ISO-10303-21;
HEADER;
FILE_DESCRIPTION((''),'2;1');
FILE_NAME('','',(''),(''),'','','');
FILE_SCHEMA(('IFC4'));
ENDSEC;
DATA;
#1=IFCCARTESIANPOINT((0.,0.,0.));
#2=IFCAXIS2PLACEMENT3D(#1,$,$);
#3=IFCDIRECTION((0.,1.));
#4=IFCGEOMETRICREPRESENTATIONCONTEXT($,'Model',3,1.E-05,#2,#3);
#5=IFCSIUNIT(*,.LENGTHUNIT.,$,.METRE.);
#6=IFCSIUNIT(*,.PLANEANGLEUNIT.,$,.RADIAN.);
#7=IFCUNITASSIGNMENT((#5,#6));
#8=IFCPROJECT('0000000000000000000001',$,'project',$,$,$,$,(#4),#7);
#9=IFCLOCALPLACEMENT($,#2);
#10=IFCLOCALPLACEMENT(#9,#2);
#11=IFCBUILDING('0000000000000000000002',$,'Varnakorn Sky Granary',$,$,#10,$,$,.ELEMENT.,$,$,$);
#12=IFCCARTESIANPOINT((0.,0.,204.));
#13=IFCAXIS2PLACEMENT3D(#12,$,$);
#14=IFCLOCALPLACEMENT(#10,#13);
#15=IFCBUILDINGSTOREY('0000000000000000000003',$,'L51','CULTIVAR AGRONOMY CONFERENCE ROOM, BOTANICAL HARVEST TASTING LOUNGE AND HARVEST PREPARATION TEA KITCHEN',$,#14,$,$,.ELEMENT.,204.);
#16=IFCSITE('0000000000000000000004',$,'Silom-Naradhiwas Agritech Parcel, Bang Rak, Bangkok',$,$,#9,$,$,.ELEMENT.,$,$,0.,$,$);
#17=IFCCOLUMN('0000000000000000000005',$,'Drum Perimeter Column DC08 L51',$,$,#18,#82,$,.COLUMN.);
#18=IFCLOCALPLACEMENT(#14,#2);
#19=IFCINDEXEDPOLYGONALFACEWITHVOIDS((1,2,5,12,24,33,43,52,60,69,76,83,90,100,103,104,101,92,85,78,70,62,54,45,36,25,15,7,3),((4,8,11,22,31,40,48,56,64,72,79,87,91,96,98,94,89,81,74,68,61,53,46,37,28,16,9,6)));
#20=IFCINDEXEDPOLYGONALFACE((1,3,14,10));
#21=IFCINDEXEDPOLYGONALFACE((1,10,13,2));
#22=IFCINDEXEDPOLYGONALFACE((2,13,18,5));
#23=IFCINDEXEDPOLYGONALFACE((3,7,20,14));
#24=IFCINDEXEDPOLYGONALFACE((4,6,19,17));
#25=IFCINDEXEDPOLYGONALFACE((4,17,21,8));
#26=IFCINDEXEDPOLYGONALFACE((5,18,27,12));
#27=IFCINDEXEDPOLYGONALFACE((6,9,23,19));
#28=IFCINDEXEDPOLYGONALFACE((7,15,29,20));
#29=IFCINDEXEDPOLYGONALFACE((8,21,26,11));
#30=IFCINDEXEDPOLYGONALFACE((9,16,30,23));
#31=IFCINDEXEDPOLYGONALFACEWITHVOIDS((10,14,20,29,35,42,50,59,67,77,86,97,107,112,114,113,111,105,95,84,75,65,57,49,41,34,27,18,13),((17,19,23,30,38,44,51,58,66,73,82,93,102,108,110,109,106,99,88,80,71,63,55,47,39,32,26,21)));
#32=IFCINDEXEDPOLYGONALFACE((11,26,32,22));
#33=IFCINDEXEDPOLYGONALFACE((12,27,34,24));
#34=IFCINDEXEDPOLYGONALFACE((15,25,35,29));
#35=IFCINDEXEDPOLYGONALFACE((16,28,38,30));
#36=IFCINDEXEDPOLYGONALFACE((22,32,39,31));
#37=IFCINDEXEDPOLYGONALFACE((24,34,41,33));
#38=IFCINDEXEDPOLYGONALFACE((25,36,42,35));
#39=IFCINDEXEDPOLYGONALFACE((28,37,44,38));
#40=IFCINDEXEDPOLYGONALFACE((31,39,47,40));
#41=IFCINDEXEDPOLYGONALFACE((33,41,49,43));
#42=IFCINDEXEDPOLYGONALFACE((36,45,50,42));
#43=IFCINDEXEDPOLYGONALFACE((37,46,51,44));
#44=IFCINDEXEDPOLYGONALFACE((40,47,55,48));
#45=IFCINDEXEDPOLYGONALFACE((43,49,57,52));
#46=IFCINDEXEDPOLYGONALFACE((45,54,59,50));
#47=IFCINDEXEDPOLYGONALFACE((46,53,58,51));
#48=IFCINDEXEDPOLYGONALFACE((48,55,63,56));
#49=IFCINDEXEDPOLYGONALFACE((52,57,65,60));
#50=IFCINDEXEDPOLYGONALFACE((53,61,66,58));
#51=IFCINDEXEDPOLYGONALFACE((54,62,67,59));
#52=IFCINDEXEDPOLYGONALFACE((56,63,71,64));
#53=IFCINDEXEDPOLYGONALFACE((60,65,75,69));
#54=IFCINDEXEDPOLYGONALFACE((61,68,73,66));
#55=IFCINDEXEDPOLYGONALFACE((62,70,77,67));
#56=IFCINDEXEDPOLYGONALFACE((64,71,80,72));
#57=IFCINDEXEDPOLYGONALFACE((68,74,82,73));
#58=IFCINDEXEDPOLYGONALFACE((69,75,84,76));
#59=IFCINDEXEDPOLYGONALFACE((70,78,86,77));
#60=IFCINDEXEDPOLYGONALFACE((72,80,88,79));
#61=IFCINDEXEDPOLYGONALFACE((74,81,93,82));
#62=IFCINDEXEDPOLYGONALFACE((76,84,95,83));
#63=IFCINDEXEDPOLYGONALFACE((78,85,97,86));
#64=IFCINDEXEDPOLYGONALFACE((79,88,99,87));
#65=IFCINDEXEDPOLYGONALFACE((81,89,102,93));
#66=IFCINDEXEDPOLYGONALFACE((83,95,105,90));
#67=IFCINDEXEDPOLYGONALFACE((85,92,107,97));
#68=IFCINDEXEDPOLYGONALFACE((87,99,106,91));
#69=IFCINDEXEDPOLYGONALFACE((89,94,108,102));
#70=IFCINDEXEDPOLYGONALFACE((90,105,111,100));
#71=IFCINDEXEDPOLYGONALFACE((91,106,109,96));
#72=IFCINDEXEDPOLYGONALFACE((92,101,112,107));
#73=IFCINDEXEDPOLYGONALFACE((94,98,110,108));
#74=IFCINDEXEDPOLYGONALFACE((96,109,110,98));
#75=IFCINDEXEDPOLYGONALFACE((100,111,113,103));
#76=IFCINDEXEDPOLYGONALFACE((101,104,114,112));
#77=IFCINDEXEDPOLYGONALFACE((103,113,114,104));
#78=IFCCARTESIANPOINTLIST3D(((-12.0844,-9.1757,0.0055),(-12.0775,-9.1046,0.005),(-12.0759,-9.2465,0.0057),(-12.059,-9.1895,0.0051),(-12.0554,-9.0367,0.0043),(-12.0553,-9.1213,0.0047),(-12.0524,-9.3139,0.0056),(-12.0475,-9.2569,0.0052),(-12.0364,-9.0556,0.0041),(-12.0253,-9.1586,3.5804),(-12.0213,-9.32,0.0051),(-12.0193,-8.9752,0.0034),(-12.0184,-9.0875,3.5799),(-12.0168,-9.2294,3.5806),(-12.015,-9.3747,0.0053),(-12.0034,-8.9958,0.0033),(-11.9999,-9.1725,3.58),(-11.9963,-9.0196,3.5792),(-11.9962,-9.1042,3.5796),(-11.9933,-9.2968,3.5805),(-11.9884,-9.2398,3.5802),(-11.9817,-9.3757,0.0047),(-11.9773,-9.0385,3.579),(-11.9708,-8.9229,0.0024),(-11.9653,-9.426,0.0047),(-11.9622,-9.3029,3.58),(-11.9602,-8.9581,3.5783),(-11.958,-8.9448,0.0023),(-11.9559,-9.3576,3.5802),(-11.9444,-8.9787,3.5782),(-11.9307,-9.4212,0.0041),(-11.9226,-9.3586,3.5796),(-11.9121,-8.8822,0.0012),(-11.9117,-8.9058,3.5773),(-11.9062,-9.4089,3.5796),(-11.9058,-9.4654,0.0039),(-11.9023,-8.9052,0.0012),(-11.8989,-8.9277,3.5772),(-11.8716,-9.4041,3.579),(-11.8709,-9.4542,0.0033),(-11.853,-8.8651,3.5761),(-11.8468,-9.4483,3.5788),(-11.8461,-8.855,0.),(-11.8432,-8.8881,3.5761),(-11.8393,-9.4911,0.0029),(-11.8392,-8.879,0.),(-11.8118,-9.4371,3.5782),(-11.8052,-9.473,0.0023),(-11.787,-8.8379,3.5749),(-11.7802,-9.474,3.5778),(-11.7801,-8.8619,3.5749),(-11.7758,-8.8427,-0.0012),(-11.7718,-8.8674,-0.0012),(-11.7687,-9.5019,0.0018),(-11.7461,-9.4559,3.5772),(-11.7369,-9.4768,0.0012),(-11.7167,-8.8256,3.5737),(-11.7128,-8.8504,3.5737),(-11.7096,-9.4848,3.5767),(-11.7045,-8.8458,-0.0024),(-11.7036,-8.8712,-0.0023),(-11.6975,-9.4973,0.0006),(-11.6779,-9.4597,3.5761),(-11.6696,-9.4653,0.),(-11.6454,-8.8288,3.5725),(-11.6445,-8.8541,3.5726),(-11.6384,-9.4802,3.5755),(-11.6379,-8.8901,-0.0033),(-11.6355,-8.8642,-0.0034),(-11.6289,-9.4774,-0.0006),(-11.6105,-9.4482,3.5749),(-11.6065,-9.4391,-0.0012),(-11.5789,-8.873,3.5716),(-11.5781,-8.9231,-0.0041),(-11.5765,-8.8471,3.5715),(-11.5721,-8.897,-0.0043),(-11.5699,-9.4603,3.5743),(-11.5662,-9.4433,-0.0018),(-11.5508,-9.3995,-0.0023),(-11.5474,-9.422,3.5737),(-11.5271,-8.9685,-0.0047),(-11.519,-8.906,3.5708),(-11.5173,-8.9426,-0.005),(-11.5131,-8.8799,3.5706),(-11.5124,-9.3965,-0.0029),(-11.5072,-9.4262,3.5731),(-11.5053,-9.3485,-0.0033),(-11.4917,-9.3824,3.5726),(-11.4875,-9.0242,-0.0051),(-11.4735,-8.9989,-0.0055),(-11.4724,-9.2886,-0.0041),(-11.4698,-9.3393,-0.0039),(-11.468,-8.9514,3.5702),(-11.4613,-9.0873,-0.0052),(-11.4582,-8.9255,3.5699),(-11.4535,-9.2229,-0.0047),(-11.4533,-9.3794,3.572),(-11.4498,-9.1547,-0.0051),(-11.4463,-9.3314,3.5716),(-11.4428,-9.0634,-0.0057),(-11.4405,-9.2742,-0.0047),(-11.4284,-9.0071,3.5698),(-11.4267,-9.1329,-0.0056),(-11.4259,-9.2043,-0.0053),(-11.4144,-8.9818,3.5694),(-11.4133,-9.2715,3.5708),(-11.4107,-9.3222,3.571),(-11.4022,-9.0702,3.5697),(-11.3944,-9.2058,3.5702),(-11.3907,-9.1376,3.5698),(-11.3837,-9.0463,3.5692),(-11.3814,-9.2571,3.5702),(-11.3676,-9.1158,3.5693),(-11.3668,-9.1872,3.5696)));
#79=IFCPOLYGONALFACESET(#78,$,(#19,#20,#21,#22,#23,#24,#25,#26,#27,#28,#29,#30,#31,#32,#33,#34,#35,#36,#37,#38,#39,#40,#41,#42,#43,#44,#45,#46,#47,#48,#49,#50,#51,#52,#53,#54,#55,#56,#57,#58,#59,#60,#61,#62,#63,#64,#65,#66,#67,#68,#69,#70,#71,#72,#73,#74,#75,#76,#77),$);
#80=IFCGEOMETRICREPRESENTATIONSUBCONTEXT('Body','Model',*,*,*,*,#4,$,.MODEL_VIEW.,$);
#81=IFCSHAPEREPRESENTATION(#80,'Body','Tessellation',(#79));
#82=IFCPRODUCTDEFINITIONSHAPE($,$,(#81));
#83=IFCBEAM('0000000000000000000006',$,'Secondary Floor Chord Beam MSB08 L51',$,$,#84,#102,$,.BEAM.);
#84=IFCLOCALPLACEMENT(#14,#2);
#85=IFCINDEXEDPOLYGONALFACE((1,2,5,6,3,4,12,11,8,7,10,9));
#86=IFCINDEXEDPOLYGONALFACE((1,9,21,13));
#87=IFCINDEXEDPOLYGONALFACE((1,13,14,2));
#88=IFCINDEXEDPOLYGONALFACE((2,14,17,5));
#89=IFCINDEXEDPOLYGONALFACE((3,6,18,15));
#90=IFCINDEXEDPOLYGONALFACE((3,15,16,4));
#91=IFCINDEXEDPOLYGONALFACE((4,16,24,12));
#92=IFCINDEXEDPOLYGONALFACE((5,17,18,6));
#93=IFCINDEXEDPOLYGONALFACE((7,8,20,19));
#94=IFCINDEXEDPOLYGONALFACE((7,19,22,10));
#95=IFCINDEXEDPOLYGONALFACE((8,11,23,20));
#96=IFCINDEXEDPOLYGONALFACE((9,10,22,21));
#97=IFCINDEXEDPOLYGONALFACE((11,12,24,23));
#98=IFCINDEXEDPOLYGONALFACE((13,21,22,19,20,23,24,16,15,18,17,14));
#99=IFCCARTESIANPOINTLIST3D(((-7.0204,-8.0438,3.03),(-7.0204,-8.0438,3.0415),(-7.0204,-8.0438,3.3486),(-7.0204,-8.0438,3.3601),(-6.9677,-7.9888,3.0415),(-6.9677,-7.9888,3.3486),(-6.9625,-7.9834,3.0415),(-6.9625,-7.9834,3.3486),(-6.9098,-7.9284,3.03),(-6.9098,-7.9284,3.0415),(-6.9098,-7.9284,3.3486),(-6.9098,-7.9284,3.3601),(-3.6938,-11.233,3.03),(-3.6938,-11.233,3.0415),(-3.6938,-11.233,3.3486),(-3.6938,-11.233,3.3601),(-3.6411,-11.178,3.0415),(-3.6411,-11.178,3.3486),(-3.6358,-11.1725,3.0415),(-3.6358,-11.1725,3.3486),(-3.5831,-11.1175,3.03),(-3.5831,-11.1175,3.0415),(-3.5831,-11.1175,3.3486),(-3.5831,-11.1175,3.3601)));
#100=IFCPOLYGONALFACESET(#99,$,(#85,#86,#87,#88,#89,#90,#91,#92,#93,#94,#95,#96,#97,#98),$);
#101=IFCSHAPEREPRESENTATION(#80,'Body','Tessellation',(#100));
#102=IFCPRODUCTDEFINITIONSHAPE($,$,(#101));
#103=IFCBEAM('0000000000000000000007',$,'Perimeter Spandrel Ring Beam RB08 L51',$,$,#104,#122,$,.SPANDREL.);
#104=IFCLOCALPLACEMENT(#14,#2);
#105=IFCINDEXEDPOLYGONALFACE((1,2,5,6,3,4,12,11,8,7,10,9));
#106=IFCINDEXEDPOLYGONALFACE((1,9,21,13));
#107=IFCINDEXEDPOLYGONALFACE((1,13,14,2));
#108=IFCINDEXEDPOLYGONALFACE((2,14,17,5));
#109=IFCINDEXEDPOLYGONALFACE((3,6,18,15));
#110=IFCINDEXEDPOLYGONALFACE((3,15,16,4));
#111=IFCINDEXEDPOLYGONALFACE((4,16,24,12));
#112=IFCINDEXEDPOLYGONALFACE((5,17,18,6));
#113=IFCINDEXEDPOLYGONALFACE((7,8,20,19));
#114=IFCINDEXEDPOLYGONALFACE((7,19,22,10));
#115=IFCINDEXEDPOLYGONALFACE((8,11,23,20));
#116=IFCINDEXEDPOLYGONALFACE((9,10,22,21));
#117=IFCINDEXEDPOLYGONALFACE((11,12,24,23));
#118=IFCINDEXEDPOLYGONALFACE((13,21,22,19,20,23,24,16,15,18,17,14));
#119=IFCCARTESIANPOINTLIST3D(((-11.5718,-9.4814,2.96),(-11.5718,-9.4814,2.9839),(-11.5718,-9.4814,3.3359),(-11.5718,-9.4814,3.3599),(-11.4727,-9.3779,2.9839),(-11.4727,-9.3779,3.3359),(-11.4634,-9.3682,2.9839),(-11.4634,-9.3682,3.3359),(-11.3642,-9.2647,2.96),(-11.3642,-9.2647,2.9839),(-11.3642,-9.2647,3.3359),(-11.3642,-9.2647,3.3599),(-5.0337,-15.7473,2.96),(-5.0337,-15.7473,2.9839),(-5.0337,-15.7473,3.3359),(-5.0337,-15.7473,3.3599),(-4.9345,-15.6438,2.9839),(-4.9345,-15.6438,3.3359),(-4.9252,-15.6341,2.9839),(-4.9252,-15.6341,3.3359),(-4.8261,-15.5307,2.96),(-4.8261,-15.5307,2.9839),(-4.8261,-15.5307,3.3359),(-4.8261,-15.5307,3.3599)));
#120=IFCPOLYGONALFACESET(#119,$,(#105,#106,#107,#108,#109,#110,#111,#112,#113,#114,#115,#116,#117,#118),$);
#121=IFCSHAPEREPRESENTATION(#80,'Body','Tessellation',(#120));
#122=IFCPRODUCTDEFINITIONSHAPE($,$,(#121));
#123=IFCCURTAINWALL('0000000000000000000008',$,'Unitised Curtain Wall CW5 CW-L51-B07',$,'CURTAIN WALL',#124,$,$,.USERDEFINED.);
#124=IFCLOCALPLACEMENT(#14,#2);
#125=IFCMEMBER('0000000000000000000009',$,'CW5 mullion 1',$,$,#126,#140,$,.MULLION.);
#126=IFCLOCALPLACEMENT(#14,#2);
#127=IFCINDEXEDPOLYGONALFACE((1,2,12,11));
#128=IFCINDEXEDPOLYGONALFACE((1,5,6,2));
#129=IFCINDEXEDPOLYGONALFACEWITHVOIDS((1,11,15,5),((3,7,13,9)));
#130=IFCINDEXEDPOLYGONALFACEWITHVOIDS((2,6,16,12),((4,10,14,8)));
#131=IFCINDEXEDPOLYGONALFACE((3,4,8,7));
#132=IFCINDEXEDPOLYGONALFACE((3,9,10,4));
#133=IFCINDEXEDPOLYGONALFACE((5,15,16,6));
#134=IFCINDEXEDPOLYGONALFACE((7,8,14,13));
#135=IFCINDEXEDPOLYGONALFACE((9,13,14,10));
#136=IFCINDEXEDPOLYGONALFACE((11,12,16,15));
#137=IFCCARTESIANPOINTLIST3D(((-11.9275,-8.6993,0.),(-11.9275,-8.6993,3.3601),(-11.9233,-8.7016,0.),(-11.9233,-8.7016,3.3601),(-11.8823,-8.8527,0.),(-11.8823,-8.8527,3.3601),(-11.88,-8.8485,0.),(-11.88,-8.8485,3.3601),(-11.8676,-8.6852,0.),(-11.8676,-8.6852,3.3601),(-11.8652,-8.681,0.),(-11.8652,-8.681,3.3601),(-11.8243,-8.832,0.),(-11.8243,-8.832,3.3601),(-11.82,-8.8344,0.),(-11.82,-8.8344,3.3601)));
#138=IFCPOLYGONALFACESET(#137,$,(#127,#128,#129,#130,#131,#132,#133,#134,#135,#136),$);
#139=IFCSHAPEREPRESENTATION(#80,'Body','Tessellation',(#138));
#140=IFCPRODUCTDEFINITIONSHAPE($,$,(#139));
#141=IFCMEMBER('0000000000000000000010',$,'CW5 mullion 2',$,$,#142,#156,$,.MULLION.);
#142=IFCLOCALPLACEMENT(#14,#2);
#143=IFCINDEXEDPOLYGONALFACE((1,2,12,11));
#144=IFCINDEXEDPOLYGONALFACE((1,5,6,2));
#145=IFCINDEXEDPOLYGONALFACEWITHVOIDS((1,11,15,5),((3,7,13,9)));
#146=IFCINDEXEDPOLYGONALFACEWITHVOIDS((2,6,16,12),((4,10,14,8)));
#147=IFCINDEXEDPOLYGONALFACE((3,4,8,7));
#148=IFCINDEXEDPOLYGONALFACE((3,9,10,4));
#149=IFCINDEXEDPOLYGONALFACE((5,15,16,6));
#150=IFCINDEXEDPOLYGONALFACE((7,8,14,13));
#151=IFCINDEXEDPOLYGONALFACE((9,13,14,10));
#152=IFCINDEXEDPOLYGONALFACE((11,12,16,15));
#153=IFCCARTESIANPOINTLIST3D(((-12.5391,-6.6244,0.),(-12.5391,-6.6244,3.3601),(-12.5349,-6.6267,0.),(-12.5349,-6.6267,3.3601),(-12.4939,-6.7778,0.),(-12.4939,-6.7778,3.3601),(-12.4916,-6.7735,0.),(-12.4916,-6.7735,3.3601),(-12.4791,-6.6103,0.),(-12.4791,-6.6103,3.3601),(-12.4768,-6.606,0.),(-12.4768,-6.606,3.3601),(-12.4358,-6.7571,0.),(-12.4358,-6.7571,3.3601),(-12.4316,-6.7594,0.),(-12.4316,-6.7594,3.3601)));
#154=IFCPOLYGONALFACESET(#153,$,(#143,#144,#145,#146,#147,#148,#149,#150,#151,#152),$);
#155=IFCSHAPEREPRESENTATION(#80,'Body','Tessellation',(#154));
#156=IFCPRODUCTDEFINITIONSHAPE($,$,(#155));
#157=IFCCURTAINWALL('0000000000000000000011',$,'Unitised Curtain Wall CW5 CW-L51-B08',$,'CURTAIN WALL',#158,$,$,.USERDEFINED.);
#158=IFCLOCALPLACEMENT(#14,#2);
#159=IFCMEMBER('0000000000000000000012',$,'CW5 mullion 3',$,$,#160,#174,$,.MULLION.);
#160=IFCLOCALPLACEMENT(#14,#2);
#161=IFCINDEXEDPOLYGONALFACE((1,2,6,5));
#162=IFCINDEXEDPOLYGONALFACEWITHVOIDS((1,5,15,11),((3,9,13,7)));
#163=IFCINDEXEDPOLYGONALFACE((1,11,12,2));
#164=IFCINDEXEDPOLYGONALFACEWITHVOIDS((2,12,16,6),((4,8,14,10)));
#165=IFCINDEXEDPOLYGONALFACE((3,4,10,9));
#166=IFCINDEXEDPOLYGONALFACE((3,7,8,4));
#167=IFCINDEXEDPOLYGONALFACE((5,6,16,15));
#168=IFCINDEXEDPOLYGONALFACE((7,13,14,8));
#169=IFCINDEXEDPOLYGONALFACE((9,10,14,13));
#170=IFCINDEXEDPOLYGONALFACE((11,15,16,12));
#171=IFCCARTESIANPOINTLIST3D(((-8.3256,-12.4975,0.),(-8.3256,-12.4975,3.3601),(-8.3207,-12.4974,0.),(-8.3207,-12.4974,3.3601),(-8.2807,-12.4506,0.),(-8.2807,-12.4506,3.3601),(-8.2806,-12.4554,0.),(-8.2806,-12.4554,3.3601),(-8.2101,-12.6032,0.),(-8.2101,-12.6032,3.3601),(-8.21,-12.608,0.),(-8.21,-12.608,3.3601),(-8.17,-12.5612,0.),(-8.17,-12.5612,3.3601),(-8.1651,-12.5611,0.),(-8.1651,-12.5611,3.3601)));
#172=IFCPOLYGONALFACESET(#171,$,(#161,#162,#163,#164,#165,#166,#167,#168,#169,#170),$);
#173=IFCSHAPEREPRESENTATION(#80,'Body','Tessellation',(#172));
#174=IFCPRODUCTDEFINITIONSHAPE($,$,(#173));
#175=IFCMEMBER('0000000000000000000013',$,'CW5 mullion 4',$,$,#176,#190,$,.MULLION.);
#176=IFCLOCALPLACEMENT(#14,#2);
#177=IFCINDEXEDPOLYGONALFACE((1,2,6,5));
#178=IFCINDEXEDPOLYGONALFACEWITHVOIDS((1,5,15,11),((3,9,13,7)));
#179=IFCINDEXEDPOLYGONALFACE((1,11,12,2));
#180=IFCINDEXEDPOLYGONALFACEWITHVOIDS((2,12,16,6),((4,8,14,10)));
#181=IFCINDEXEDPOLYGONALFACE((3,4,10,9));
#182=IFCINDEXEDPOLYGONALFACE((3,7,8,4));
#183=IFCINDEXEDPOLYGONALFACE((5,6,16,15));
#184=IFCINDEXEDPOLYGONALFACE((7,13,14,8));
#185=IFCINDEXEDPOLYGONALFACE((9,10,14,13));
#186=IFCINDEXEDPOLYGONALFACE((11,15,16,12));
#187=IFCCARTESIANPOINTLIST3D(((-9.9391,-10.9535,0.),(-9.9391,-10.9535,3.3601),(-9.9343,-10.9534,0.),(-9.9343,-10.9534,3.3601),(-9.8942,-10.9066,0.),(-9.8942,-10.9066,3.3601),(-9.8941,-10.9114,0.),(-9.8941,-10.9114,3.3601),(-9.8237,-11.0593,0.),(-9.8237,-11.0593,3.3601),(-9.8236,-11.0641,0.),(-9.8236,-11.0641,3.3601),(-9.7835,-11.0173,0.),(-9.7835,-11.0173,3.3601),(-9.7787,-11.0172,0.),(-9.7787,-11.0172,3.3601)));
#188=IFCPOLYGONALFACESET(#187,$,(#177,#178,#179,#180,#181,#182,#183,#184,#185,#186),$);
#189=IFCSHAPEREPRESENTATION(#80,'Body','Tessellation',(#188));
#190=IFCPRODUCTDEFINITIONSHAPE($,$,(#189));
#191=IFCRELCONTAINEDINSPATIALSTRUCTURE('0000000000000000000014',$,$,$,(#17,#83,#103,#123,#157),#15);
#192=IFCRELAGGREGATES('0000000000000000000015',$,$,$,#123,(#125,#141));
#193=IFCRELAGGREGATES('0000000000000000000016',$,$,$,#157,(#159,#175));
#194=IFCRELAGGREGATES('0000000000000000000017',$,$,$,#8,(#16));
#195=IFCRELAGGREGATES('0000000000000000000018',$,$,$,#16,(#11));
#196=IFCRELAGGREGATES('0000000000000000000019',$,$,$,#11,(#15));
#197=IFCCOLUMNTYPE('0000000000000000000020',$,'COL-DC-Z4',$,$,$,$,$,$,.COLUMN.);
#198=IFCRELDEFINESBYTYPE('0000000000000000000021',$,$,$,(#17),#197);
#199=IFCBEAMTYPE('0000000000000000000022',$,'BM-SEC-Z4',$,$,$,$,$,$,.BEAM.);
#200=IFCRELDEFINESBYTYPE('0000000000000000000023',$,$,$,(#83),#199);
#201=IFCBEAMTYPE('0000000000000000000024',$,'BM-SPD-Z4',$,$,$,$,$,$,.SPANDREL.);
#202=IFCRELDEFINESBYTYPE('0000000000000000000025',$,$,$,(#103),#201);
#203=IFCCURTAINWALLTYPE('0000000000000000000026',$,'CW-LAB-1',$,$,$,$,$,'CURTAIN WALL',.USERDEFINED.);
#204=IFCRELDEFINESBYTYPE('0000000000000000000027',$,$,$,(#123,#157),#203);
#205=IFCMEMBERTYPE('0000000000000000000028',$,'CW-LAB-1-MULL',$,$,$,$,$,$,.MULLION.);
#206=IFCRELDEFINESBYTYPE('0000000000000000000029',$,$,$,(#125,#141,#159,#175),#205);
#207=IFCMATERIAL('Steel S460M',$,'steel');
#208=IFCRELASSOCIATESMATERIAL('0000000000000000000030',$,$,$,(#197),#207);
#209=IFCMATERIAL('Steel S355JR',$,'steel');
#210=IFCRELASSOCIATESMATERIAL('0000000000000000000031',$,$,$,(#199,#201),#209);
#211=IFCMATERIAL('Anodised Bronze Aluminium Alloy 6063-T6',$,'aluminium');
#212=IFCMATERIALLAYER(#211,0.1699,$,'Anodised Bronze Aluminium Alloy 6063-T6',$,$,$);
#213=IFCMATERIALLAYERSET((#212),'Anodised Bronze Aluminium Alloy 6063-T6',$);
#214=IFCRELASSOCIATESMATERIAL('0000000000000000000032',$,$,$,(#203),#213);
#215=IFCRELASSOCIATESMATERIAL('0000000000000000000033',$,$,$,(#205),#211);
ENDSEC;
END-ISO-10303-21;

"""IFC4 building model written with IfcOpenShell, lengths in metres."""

from ifc_helpers import new_model, si_unit, direction, frame, origin, origin_2d, place, context, subcontext, project, spatial, hollow_rectangle, hollow_circle, i_section, extrude, material, layer, layer_set, material_profile, profile_set, type_object, element, aggregate, save


model = new_model("IFC4")

# Units and contexts
model_context = context("Model", 3, precision=1e-05, world=origin(), true_north=direction((0.0, 1.0)))
body_context = subcontext(model_context, "Body", "Model", "MODEL_VIEW")
ifc_project = project(units=[si_unit("LENGTHUNIT", "METRE"), si_unit("PLANEANGLEUNIT", "RADIAN")], contexts=[model_context])

# Site, building, storey
site_placement = place(None, origin())
site = spatial("IfcSite", under=ifc_project, at=site_placement, Name="Silom-Naradhiwas Agritech Parcel, Bang Rak, Bangkok", CompositionType="ELEMENT", RefElevation=0.0)
building_placement = place(site_placement, origin())
building = spatial("IfcBuilding", under=site, at=building_placement, Name="Varnakorn Sky Granary", CompositionType="ELEMENT")
storey_placement = place(building_placement, frame((0.0, 0.0, 204.0)))
storey = spatial("IfcBuildingStorey", under=building, at=storey_placement, Name="L51", Description="CULTIVAR AGRONOMY CONFERENCE ROOM, BOTANICAL HARVEST TASTING LOUNGE AND HARVEST PREPARATION TEA KITCHEN", CompositionType="ELEMENT", Elevation=204.0)

# Column
ifc_material_1 = material(Name="Steel S460M", Category="steel")
ifc_material_profile_1 = material_profile(ifc_material_1, hollow_circle(Radius=0.3301, WallThickness=0.0249, at=origin_2d()), Name="CHS 660x25")
ifc_profile_set_1 = profile_set([ifc_material_profile_1], Name="Steel S460M")
column_type = type_object("IfcColumnType", Name="COL-DC-Z4", PredefinedType="COLUMN", material=ifc_profile_set_1)
column_placement = place(storey_placement, frame((-11.7544, -9.1721, 0.0), z_axis=(0.016524, 0.00478, 0.999852), x_axis=(-0.277865, 0.96062, 0.0)))
element("IfcColumn", 1, at=column_placement, inside=storey, type_object=column_type, Name="Drum Perimeter Column DC08 L51", PredefinedType="COLUMN", context=body_context, shape_type="SweptSolid", body=[
    extrude(hollow_circle(Radius=0.3301, WallThickness=0.0249, at=origin_2d()), origin(), (0.0, 0.0, 1.0), 3.5754),
])

# Beams
ifc_material_2 = material(Name="Steel S355JR", Category="steel")
ifc_material_profile_2 = material_profile(ifc_material_2, i_section(OverallWidth=0.1599, OverallDepth=0.3301, WebThickness=0.0076, FlangeThickness=0.0115, at=origin_2d()), Name="IPE 330")
ifc_profile_set_2 = profile_set([ifc_material_profile_2], Name="Steel S355JR")
beam_type_1 = type_object("IfcBeamType", Name="BM-SEC-Z4", PredefinedType="BEAM", material=ifc_profile_set_2)
beam_1_placement = place(storey_placement, frame((-6.9651, -7.9861, 3.1951), z_axis=(0.721862, -0.692037, 0.0), x_axis=(0.692037, 0.721862, 0.0)))
element("IfcBeam", 2, at=beam_1_placement, inside=storey, type_object=beam_type_1, Name="Secondary Floor Chord Beam MSB08 L51", PredefinedType="BEAM", context=body_context, shape_type="SweptSolid", body=[
    extrude(i_section(OverallWidth=0.1599, OverallDepth=0.3301, WebThickness=0.0076, FlangeThickness=0.0115, at=origin_2d()), origin(), (0.0, 0.0, 1.0), 4.6084),
])
ifc_material_profile_3 = material_profile(ifc_material_2, i_section(OverallWidth=0.3, OverallDepth=0.3999, WebThickness=0.0134, FlangeThickness=0.0239, at=origin_2d()), Name="HE 400 B")
ifc_profile_set_3 = profile_set([ifc_material_profile_3], Name="Steel S355JR")
beam_type_2 = type_object("IfcBeamType", Name="BM-SPD-Z4", PredefinedType="SPANDREL", material=ifc_profile_set_3)
beam_2_placement = place(storey_placement, frame((-11.468, -9.373, 3.1599), z_axis=(0.721977, -0.691917, 0.0), x_axis=(0.691917, 0.721977, 0.0)))
element("IfcBeam", 3, at=beam_2_placement, inside=storey, type_object=beam_type_2, Name="Perimeter Spandrel Ring Beam RB08 L51", PredefinedType="SPANDREL", context=body_context, shape_type="SweptSolid", body=[
    extrude(i_section(OverallWidth=0.3, OverallDepth=0.3999, WebThickness=0.0134, FlangeThickness=0.0239, at=origin_2d()), origin(), (0.0, 0.0, 1.0), 9.0559),
])

# Curtain walls, members
ifc_material_3 = material(Name="Anodised Bronze Aluminium Alloy 6063-T6", Category="aluminium")
ifc_layer_1 = layer(ifc_material_3, 0.1699, Name="Anodised Bronze Aluminium Alloy 6063-T6")
ifc_layer_set_1 = layer_set([ifc_layer_1], Name="Anodised Bronze Aluminium Alloy 6063-T6")
curtain_wall_type = type_object("IfcCurtainWallType", Name="CW-LAB-1", ElementType="CURTAIN WALL", PredefinedType="USERDEFINED", material=ifc_layer_set_1)
curtain_wall_1_placement = place(storey_placement, origin())
curtain_wall_1 = element("IfcCurtainWall", 4, at=curtain_wall_1_placement, inside=storey, type_object=curtain_wall_type, Name="Unitised Curtain Wall CW5 CW-L51-B07", ObjectType="CURTAIN WALL", PredefinedType="USERDEFINED")
ifc_material_profile_4 = material_profile(ifc_material_3, hollow_rectangle(XDim=0.0649, YDim=0.1599, WallThickness=0.0034, at=origin_2d()), Name="ALU MULL 65x160")
ifc_profile_set_4 = profile_set([ifc_material_profile_4], Name="Anodised Bronze Aluminium Alloy 6063-T6")
member_type_1 = type_object("IfcMemberType", Name="CW-LAB-1-MULL", PredefinedType="MULLION", material=ifc_profile_set_4)
member_1_placement = place(storey_placement, frame((-11.8738, -8.7668, 0.0), z_axis=(0.0, 0.0, 1.0), x_axis=(-0.959195, -0.282744, 0.0)))
member_1 = element("IfcMember", 5, at=member_1_placement, type_object=member_type_1, Name="CW5 mullion 1", PredefinedType="MULLION", context=body_context, shape_type="SweptSolid", body=[
    extrude(hollow_rectangle(XDim=0.0649, YDim=0.1599, WallThickness=0.0034, at=origin_2d()), origin(), (0.0, 0.0, 1.0), 3.3601),
])
member_2_placement = place(storey_placement, frame((-12.4854, -6.6919, 0.0), z_axis=(0.0, 0.0, 1.0), x_axis=(-0.959195, -0.282744, 0.0)))
member_2 = element("IfcMember", 6, at=member_2_placement, type_object=member_type_1, Name="CW5 mullion 2", PredefinedType="MULLION", context=body_context, shape_type="SweptSolid", body=[
    extrude(hollow_rectangle(XDim=0.0649, YDim=0.1599, WallThickness=0.0034, at=origin_2d()), origin(), (0.0, 0.0, 1.0), 3.3601),
])
curtain_wall_2_placement = place(storey_placement, origin())
curtain_wall_2 = element("IfcCurtainWall", 7, at=curtain_wall_2_placement, inside=storey, type_object=curtain_wall_type, Name="Unitised Curtain Wall CW5 CW-L51-B08", ObjectType="CURTAIN WALL", PredefinedType="USERDEFINED")
member_3_placement = place(storey_placement, frame((-8.2454, -12.5293, 0.0), z_axis=(0.0, 0.0, 1.0), x_axis=(-0.691317, -0.722551, 0.0)))
member_3 = element("IfcMember", 8, at=member_3_placement, type_object=member_type_1, Name="CW5 mullion 3", PredefinedType="MULLION", context=body_context, shape_type="SweptSolid", body=[
    extrude(hollow_rectangle(XDim=0.0649, YDim=0.1599, WallThickness=0.0034, at=origin_2d()), origin(), (0.0, 0.0, 1.0), 3.3601),
])
member_4_placement = place(storey_placement, frame((-9.8589, -10.9854, 0.0), z_axis=(0.0, 0.0, 1.0), x_axis=(-0.691317, -0.722551, 0.0)))
member_4 = element("IfcMember", 9, at=member_4_placement, type_object=member_type_1, Name="CW5 mullion 4", PredefinedType="MULLION", context=body_context, shape_type="SweptSolid", body=[
    extrude(hollow_rectangle(XDim=0.0649, YDim=0.1599, WallThickness=0.0034, at=origin_2d()), origin(), (0.0, 0.0, 1.0), 3.3601),
])

aggregate(curtain_wall_1, [member_1, member_2])
aggregate(curtain_wall_2, [member_3, member_4])

save(model, "model.ifc")
